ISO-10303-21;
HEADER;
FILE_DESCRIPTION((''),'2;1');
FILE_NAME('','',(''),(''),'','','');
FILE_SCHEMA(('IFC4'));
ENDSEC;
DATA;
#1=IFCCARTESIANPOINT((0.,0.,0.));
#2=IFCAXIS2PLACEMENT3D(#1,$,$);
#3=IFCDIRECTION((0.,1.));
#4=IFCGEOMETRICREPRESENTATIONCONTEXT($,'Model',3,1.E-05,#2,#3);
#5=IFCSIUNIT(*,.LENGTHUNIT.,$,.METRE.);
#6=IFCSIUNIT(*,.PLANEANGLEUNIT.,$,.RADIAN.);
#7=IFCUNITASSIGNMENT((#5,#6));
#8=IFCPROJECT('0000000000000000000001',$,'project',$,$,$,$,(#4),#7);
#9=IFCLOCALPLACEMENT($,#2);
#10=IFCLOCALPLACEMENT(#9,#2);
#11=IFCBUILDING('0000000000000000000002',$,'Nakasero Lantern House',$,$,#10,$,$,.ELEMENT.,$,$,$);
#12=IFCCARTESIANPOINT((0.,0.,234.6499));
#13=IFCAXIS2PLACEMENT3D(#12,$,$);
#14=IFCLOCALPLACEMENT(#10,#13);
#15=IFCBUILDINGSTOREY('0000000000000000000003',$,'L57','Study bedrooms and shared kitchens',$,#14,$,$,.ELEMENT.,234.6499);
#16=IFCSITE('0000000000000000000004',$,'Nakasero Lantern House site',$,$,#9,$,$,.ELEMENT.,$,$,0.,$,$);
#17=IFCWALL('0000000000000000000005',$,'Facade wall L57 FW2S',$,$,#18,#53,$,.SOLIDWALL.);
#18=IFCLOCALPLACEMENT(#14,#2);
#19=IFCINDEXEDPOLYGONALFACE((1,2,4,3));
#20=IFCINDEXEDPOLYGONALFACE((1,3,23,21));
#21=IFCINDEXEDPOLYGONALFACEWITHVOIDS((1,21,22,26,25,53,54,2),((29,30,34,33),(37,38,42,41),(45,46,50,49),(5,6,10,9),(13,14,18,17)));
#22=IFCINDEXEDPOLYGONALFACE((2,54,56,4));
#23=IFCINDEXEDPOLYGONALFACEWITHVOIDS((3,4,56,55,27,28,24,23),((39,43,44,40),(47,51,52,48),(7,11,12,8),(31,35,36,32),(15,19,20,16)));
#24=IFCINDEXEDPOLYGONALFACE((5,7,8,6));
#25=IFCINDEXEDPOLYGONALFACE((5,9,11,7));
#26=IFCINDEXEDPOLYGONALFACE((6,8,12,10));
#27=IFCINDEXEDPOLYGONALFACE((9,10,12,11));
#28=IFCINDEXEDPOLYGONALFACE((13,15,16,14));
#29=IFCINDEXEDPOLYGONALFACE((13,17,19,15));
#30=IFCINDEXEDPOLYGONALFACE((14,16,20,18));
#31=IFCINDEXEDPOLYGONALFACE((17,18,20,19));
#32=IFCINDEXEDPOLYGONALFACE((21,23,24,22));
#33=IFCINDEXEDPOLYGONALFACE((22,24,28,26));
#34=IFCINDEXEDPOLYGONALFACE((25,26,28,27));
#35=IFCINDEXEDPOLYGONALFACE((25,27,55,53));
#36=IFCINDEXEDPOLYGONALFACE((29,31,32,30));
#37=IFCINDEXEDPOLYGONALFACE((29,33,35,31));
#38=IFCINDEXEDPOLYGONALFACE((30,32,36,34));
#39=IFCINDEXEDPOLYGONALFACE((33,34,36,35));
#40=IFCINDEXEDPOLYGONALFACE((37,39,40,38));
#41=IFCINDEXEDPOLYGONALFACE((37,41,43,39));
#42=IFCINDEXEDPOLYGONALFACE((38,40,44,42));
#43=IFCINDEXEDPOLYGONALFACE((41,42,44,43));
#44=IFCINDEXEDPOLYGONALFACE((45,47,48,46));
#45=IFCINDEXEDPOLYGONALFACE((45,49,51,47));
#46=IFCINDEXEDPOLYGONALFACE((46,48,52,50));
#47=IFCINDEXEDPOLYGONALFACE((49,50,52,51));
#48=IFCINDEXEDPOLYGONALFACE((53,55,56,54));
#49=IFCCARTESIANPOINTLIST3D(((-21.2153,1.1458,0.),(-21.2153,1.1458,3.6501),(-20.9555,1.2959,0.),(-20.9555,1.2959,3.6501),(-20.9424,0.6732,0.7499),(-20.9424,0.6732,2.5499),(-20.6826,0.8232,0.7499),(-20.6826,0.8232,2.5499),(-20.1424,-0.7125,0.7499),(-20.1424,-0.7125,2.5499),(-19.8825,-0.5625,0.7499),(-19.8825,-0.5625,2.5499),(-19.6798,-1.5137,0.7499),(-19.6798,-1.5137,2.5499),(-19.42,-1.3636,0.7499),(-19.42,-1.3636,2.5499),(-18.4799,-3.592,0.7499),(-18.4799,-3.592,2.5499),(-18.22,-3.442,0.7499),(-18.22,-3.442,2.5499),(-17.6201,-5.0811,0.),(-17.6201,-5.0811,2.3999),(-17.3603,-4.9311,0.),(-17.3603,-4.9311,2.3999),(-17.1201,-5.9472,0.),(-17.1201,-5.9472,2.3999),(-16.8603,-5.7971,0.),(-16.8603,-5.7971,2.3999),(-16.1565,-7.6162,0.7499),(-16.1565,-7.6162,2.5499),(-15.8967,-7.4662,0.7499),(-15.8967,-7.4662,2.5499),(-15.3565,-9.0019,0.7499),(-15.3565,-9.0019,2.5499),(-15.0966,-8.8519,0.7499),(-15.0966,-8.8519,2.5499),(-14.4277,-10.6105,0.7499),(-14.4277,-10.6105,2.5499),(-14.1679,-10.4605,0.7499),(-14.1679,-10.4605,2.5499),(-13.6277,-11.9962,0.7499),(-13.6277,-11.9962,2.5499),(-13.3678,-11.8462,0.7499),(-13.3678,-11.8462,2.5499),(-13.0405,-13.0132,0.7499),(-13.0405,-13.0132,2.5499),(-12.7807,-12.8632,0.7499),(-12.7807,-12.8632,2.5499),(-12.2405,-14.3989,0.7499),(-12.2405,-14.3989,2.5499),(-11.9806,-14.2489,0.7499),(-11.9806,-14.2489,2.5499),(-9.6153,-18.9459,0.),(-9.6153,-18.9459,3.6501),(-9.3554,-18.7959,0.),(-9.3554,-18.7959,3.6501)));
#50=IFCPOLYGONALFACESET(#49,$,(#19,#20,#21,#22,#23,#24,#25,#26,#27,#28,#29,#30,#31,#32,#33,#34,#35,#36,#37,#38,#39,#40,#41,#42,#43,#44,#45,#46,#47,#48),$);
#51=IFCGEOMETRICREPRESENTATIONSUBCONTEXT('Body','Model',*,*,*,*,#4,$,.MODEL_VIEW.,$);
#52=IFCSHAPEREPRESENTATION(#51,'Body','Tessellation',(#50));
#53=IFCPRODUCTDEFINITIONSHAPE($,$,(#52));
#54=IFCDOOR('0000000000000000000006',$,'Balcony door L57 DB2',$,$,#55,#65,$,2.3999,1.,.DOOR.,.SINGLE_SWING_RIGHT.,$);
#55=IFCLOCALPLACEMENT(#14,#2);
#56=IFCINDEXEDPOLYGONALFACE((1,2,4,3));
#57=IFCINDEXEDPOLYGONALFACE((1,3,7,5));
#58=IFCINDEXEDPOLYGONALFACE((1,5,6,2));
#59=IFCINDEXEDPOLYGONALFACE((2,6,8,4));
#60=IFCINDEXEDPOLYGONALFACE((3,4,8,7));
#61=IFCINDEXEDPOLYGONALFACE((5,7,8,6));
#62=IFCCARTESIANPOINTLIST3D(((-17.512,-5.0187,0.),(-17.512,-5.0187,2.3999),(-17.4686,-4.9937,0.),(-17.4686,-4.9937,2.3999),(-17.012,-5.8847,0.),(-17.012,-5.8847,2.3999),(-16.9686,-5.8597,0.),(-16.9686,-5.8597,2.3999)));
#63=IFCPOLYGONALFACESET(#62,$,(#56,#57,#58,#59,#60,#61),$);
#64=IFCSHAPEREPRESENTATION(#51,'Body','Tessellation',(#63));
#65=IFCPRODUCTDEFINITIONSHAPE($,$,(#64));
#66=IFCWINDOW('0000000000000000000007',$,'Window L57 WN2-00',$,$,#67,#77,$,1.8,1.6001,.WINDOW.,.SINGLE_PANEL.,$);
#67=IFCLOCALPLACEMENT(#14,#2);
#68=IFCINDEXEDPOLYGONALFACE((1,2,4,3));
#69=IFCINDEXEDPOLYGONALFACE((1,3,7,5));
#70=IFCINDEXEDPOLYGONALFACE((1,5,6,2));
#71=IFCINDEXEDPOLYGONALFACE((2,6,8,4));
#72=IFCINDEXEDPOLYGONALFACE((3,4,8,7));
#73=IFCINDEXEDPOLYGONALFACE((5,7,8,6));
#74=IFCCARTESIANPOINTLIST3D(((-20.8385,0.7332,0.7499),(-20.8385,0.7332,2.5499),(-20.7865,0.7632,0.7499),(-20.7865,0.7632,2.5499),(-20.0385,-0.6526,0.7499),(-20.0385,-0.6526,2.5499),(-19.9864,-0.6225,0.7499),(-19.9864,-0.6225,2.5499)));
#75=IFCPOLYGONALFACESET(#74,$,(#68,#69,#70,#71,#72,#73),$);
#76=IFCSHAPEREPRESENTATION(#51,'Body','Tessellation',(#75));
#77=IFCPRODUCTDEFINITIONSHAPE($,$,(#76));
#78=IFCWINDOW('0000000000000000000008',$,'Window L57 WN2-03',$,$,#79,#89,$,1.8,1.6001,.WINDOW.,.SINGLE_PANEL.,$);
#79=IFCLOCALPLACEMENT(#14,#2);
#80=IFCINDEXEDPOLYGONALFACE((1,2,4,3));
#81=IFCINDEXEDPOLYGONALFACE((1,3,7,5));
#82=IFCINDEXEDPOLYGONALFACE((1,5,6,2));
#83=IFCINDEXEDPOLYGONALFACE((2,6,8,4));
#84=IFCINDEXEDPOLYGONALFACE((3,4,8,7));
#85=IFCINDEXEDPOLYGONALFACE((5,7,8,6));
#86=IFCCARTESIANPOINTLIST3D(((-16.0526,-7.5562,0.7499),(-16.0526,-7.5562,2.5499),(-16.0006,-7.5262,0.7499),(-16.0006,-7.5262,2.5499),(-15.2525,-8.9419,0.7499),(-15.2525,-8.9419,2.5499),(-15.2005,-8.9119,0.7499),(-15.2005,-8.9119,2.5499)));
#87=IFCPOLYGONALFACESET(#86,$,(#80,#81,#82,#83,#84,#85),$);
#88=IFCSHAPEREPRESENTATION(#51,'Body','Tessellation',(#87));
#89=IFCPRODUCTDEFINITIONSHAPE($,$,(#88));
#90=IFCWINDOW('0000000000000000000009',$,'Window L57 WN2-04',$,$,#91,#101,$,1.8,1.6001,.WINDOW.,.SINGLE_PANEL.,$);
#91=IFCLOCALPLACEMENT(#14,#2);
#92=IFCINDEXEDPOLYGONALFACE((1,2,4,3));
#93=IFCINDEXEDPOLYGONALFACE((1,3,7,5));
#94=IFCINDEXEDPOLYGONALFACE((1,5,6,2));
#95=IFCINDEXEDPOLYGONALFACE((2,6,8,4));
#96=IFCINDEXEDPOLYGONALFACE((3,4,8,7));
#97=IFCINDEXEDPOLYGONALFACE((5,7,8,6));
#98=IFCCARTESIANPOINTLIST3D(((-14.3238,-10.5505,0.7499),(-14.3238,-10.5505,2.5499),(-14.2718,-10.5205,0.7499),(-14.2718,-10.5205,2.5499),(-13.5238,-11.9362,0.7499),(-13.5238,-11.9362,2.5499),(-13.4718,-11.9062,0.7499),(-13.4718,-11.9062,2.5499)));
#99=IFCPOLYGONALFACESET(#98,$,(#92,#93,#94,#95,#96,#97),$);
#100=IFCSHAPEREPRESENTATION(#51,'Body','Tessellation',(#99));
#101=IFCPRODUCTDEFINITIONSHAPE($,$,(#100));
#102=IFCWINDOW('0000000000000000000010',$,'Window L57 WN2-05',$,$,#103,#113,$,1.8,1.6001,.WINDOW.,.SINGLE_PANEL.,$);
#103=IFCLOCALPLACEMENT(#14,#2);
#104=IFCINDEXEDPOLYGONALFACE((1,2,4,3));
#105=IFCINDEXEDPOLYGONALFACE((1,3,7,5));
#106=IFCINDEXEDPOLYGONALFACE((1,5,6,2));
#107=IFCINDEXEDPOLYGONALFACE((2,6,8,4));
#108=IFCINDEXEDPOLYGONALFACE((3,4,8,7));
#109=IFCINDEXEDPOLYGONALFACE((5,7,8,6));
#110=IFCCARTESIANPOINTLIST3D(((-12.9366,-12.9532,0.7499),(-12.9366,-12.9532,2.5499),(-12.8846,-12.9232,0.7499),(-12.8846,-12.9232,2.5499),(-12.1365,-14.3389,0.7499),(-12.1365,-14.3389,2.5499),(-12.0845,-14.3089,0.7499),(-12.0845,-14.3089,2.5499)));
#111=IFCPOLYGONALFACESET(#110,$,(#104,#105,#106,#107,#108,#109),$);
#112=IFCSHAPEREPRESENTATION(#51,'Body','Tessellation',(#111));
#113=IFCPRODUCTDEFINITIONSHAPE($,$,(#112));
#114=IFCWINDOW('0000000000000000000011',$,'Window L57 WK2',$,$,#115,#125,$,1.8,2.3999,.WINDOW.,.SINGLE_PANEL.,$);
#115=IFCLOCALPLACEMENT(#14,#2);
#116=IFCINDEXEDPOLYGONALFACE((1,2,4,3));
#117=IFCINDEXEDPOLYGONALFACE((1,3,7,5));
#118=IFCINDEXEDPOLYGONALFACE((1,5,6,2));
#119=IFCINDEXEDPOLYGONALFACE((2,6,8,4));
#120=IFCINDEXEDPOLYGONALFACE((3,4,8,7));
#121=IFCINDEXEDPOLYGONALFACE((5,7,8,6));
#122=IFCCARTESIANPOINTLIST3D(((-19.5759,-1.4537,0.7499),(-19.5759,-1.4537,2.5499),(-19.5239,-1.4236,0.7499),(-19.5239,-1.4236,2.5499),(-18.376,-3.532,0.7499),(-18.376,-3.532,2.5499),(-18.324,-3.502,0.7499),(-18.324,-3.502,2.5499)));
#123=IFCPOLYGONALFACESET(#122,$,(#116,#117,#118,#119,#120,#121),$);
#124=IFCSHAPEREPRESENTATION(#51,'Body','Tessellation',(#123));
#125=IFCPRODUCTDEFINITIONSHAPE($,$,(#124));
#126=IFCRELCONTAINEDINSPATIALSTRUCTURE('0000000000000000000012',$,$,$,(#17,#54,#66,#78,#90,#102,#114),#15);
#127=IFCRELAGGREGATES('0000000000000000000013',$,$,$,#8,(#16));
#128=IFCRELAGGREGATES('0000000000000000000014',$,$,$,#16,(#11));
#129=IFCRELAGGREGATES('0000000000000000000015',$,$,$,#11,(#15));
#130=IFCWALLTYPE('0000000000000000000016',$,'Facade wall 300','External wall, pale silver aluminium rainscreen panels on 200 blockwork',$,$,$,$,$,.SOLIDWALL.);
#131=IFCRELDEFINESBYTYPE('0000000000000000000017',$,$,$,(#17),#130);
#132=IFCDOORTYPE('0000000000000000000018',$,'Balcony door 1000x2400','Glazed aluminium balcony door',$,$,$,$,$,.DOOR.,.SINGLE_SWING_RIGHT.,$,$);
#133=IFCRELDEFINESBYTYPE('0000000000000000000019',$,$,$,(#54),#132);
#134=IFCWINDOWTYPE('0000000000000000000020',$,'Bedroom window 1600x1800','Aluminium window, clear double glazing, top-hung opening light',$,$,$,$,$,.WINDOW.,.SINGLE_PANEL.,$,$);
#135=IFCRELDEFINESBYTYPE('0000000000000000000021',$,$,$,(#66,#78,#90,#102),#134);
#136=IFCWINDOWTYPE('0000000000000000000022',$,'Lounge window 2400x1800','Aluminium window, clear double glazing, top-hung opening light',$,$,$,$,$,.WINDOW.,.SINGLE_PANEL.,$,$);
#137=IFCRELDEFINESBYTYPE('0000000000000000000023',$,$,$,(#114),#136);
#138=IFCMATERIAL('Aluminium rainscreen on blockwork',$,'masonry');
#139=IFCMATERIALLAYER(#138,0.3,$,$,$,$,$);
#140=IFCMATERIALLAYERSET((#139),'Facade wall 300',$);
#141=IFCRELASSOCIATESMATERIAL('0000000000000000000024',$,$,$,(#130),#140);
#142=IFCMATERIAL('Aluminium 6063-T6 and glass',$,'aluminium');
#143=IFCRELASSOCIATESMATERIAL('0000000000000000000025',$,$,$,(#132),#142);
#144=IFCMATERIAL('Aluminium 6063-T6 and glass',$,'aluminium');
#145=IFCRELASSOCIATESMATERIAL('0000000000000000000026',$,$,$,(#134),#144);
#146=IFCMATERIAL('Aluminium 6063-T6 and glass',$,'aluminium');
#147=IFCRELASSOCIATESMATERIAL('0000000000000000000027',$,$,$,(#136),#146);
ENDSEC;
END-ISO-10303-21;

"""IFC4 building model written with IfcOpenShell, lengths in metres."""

from ifc_helpers import new_model, si_unit, direction, frame, frame_2d, origin, place, context, subcontext, project, spatial, rectangle, extrude, material, layer, layer_set, type_object, element, fill, save


model = new_model("IFC4")

# Units and contexts
model_context = context("Model", 3, precision=1e-05, world=origin(), true_north=direction((0.0, 1.0)))
body_context = subcontext(model_context, "Body", "Model", "MODEL_VIEW")
ifc_project = project(units=[si_unit("LENGTHUNIT", "METRE"), si_unit("PLANEANGLEUNIT", "RADIAN")], contexts=[model_context])

# Site, building, storey
site_placement = place(None, origin())
site = spatial("IfcSite", under=ifc_project, at=site_placement, Name="Nakasero Lantern House site", CompositionType="ELEMENT", RefElevation=0.0)
building_placement = place(site_placement, origin())
building = spatial("IfcBuilding", under=site, at=building_placement, Name="Nakasero Lantern House", CompositionType="ELEMENT")
storey_placement = place(building_placement, frame((0.0, 0.0, 234.6499)))
storey = spatial("IfcBuildingStorey", under=building, at=storey_placement, Name="L57", Description="Study bedrooms and shared kitchens", CompositionType="ELEMENT", Elevation=234.6499)

# Shared definitions
ifc_material_1 = material(Name="Aluminium rainscreen on blockwork", Category="masonry")
ifc_layer_1 = layer(ifc_material_1, 0.3)
ifc_layer_set_1 = layer_set([ifc_layer_1], Name="Facade wall 300")
wall_type_1 = type_object("IfcWallType", Name="Facade wall 300", Description="External wall, pale silver aluminium rainscreen panels on 200 blockwork", PredefinedType="SOLIDWALL", material=ifc_layer_set_1)

# Wall, openings, door, windows
wall_1_placement = place(storey_placement, frame((-21.0854, 1.2209, 0.0), z_axis=(0.0, 0.0, 1.0), x_axis=(0.500003, -0.866024, 0.0)))
wall_1 = element("IfcWall", 1, at=wall_1_placement, inside=storey, type_object=wall_type_1, Name="Facade wall L57 FW2S", PredefinedType="SOLIDWALL", context=body_context, shape_type="SweptSolid", body=[
    extrude(rectangle(XDim=23.2, YDim=0.3, at=frame_2d((11.6001, 0.0))), origin(), (0.0, 0.0, 1.0), 3.6501),
])
opening_1_placement = place(wall_1_placement, frame((0.5459, 0.0, 0.75)))
opening_1 = element("IfcOpeningElement", 2, at=opening_1_placement, cuts=wall_1, PredefinedType="OPENING", context=body_context, shape_type="SweptSolid", body=[
    extrude(rectangle(XDim=1.6001, YDim=1.8, at=frame_2d((0.8, 0.8999))), frame((0.0, 0.1699, 0.0), z_axis=(0.0, -1.0, 0.0), x_axis=(1.0, 0.0, 0.0)), (0.0, 0.0, 1.0), 0.3401),
])
opening_2_placement = place(wall_1_placement, frame((10.1177, 0.0, 0.75)))
opening_2 = element("IfcOpeningElement", 3, at=opening_2_placement, cuts=wall_1, PredefinedType="OPENING", context=body_context, shape_type="SweptSolid", body=[
    extrude(rectangle(XDim=1.6001, YDim=1.8, at=frame_2d((0.8, 0.8999))), frame((0.0, 0.1699, 0.0), z_axis=(0.0, -1.0, 0.0), x_axis=(1.0, 0.0, 0.0)), (0.0, 0.0, 1.0), 0.3401),
])
opening_3_placement = place(wall_1_placement, frame((13.5752, 0.0, 0.75)))
opening_3 = element("IfcOpeningElement", 4, at=opening_3_placement, cuts=wall_1, PredefinedType="OPENING", context=body_context, shape_type="SweptSolid", body=[
    extrude(rectangle(XDim=1.6001, YDim=1.8, at=frame_2d((0.8, 0.8999))), frame((0.0, 0.1699, 0.0), z_axis=(0.0, -1.0, 0.0), x_axis=(1.0, 0.0, 0.0)), (0.0, 0.0, 1.0), 0.3401),
])
opening_4_placement = place(wall_1_placement, frame((16.3496, 0.0, 0.75)))
opening_4 = element("IfcOpeningElement", 5, at=opening_4_placement, cuts=wall_1, PredefinedType="OPENING", context=body_context, shape_type="SweptSolid", body=[
    extrude(rectangle(XDim=1.6001, YDim=1.8, at=frame_2d((0.8, 0.8999))), frame((0.0, 0.1699, 0.0), z_axis=(0.0, -1.0, 0.0), x_axis=(1.0, 0.0, 0.0)), (0.0, 0.0, 1.0), 0.3401),
])
opening_5_placement = place(wall_1_placement, frame((3.071, 0.0, 0.75)))
opening_5 = element("IfcOpeningElement", 6, at=opening_5_placement, cuts=wall_1, PredefinedType="OPENING", context=body_context, shape_type="SweptSolid", body=[
    extrude(rectangle(XDim=2.3999, YDim=1.8, at=frame_2d((1.2, 0.8999))), frame((0.0, 0.1699, 0.0), z_axis=(0.0, -1.0, 0.0), x_axis=(1.0, 0.0, 0.0)), (0.0, 0.0, 1.0), 0.3401),
])
opening_6_placement = place(wall_1_placement, frame((7.1904, 0.0, 0.0)))
opening_6 = element("IfcOpeningElement", 7, at=opening_6_placement, cuts=wall_1, PredefinedType="OPENING", context=body_context, shape_type="SweptSolid", body=[
    extrude(rectangle(XDim=1.0, YDim=2.3999, at=frame_2d((0.5, 1.2))), frame((0.0, 0.1699, 0.0), z_axis=(0.0, -1.0, 0.0), x_axis=(1.0, 0.0, 0.0)), (0.0, 0.0, 1.0), 0.3401),
])
ifc_material_2 = material(Name="Aluminium 6063-T6 and glass", Category="aluminium")
door_type_1 = type_object("IfcDoorType", Name="Balcony door 1000x2400", Description="Glazed aluminium balcony door", OperationType="SINGLE_SWING_RIGHT", PredefinedType="DOOR", material=ifc_material_2)
door_1_placement = place(opening_6_placement, origin())
door_1 = element("IfcDoor", 8, at=door_1_placement, inside=storey, type_object=door_type_1, Name="Balcony door L57 DB2", OperationType="SINGLE_SWING_RIGHT", OverallHeight=2.3999, OverallWidth=1.0, PredefinedType="DOOR", context=body_context, shape_type="SweptSolid", body=[
    extrude(rectangle(XDim=1.0, YDim=2.3999, at=frame_2d((0.5, 1.2))), frame((0.0, 0.0249, 0.0), z_axis=(0.0, -1.0, 0.0), x_axis=(1.0, 0.0, 0.0)), (0.0, 0.0, 1.0), 0.05),
])
fill(opening_6, door_1)
ifc_material_3 = material(Name="Aluminium 6063-T6 and glass", Category="aluminium")
window_type_1 = type_object("IfcWindowType", Name="Bedroom window 1600x1800", Description="Aluminium window, clear double glazing, top-hung opening light", PartitioningType="SINGLE_PANEL", PredefinedType="WINDOW", material=ifc_material_3)
window_1_placement = place(opening_1_placement, origin())
window_1 = element("IfcWindow", 9, at=window_1_placement, inside=storey, type_object=window_type_1, Name="Window L57 WN2-00", OverallHeight=1.8, OverallWidth=1.6001, PartitioningType="SINGLE_PANEL", PredefinedType="WINDOW", context=body_context, shape_type="SweptSolid", body=[
    extrude(rectangle(XDim=1.6001, YDim=1.8, at=frame_2d((0.8, 0.8999))), frame((0.0, 0.03, 0.0), z_axis=(0.0, -1.0, 0.0), x_axis=(1.0, 0.0, 0.0)), (0.0, 0.0, 1.0), 0.0601),
])
fill(opening_1, window_1)
window_2_placement = place(opening_2_placement, origin())
window_2 = element("IfcWindow", 10, at=window_2_placement, inside=storey, type_object=window_type_1, Name="Window L57 WN2-03", OverallHeight=1.8, OverallWidth=1.6001, PartitioningType="SINGLE_PANEL", PredefinedType="WINDOW", context=body_context, shape_type="SweptSolid", body=[
    extrude(rectangle(XDim=1.6001, YDim=1.8, at=frame_2d((0.8, 0.8999))), frame((0.0, 0.03, 0.0), z_axis=(0.0, -1.0, 0.0), x_axis=(1.0, 0.0, 0.0)), (0.0, 0.0, 1.0), 0.0601),
])
fill(opening_2, window_2)
window_3_placement = place(opening_3_placement, origin())
window_3 = element("IfcWindow", 11, at=window_3_placement, inside=storey, type_object=window_type_1, Name="Window L57 WN2-04", OverallHeight=1.8, OverallWidth=1.6001, PartitioningType="SINGLE_PANEL", PredefinedType="WINDOW", context=body_context, shape_type="SweptSolid", body=[
    extrude(rectangle(XDim=1.6001, YDim=1.8, at=frame_2d((0.8, 0.8999))), frame((0.0, 0.03, 0.0), z_axis=(0.0, -1.0, 0.0), x_axis=(1.0, 0.0, 0.0)), (0.0, 0.0, 1.0), 0.0601),
])
fill(opening_3, window_3)
window_4_placement = place(opening_4_placement, origin())
window_4 = element("IfcWindow", 12, at=window_4_placement, inside=storey, type_object=window_type_1, Name="Window L57 WN2-05", OverallHeight=1.8, OverallWidth=1.6001, PartitioningType="SINGLE_PANEL", PredefinedType="WINDOW", context=body_context, shape_type="SweptSolid", body=[
    extrude(rectangle(XDim=1.6001, YDim=1.8, at=frame_2d((0.8, 0.8999))), frame((0.0, 0.03, 0.0), z_axis=(0.0, -1.0, 0.0), x_axis=(1.0, 0.0, 0.0)), (0.0, 0.0, 1.0), 0.0601),
])
fill(opening_4, window_4)
ifc_material_4 = material(Name="Aluminium 6063-T6 and glass", Category="aluminium")
window_type_2 = type_object("IfcWindowType", Name="Lounge window 2400x1800", Description="Aluminium window, clear double glazing, top-hung opening light", PartitioningType="SINGLE_PANEL", PredefinedType="WINDOW", material=ifc_material_4)
window_5_placement = place(opening_5_placement, origin())
window_5 = element("IfcWindow", 13, at=window_5_placement, inside=storey, type_object=window_type_2, Name="Window L57 WK2", OverallHeight=1.8, OverallWidth=2.3999, PartitioningType="SINGLE_PANEL", PredefinedType="WINDOW", context=body_context, shape_type="SweptSolid", body=[
    extrude(rectangle(XDim=2.3999, YDim=1.8, at=frame_2d((1.2, 0.8999))), frame((0.0, 0.03, 0.0), z_axis=(0.0, -1.0, 0.0), x_axis=(1.0, 0.0, 0.0)), (0.0, 0.0, 1.0), 0.0601),
])
fill(opening_5, window_5)

save(model, "model.ifc")
